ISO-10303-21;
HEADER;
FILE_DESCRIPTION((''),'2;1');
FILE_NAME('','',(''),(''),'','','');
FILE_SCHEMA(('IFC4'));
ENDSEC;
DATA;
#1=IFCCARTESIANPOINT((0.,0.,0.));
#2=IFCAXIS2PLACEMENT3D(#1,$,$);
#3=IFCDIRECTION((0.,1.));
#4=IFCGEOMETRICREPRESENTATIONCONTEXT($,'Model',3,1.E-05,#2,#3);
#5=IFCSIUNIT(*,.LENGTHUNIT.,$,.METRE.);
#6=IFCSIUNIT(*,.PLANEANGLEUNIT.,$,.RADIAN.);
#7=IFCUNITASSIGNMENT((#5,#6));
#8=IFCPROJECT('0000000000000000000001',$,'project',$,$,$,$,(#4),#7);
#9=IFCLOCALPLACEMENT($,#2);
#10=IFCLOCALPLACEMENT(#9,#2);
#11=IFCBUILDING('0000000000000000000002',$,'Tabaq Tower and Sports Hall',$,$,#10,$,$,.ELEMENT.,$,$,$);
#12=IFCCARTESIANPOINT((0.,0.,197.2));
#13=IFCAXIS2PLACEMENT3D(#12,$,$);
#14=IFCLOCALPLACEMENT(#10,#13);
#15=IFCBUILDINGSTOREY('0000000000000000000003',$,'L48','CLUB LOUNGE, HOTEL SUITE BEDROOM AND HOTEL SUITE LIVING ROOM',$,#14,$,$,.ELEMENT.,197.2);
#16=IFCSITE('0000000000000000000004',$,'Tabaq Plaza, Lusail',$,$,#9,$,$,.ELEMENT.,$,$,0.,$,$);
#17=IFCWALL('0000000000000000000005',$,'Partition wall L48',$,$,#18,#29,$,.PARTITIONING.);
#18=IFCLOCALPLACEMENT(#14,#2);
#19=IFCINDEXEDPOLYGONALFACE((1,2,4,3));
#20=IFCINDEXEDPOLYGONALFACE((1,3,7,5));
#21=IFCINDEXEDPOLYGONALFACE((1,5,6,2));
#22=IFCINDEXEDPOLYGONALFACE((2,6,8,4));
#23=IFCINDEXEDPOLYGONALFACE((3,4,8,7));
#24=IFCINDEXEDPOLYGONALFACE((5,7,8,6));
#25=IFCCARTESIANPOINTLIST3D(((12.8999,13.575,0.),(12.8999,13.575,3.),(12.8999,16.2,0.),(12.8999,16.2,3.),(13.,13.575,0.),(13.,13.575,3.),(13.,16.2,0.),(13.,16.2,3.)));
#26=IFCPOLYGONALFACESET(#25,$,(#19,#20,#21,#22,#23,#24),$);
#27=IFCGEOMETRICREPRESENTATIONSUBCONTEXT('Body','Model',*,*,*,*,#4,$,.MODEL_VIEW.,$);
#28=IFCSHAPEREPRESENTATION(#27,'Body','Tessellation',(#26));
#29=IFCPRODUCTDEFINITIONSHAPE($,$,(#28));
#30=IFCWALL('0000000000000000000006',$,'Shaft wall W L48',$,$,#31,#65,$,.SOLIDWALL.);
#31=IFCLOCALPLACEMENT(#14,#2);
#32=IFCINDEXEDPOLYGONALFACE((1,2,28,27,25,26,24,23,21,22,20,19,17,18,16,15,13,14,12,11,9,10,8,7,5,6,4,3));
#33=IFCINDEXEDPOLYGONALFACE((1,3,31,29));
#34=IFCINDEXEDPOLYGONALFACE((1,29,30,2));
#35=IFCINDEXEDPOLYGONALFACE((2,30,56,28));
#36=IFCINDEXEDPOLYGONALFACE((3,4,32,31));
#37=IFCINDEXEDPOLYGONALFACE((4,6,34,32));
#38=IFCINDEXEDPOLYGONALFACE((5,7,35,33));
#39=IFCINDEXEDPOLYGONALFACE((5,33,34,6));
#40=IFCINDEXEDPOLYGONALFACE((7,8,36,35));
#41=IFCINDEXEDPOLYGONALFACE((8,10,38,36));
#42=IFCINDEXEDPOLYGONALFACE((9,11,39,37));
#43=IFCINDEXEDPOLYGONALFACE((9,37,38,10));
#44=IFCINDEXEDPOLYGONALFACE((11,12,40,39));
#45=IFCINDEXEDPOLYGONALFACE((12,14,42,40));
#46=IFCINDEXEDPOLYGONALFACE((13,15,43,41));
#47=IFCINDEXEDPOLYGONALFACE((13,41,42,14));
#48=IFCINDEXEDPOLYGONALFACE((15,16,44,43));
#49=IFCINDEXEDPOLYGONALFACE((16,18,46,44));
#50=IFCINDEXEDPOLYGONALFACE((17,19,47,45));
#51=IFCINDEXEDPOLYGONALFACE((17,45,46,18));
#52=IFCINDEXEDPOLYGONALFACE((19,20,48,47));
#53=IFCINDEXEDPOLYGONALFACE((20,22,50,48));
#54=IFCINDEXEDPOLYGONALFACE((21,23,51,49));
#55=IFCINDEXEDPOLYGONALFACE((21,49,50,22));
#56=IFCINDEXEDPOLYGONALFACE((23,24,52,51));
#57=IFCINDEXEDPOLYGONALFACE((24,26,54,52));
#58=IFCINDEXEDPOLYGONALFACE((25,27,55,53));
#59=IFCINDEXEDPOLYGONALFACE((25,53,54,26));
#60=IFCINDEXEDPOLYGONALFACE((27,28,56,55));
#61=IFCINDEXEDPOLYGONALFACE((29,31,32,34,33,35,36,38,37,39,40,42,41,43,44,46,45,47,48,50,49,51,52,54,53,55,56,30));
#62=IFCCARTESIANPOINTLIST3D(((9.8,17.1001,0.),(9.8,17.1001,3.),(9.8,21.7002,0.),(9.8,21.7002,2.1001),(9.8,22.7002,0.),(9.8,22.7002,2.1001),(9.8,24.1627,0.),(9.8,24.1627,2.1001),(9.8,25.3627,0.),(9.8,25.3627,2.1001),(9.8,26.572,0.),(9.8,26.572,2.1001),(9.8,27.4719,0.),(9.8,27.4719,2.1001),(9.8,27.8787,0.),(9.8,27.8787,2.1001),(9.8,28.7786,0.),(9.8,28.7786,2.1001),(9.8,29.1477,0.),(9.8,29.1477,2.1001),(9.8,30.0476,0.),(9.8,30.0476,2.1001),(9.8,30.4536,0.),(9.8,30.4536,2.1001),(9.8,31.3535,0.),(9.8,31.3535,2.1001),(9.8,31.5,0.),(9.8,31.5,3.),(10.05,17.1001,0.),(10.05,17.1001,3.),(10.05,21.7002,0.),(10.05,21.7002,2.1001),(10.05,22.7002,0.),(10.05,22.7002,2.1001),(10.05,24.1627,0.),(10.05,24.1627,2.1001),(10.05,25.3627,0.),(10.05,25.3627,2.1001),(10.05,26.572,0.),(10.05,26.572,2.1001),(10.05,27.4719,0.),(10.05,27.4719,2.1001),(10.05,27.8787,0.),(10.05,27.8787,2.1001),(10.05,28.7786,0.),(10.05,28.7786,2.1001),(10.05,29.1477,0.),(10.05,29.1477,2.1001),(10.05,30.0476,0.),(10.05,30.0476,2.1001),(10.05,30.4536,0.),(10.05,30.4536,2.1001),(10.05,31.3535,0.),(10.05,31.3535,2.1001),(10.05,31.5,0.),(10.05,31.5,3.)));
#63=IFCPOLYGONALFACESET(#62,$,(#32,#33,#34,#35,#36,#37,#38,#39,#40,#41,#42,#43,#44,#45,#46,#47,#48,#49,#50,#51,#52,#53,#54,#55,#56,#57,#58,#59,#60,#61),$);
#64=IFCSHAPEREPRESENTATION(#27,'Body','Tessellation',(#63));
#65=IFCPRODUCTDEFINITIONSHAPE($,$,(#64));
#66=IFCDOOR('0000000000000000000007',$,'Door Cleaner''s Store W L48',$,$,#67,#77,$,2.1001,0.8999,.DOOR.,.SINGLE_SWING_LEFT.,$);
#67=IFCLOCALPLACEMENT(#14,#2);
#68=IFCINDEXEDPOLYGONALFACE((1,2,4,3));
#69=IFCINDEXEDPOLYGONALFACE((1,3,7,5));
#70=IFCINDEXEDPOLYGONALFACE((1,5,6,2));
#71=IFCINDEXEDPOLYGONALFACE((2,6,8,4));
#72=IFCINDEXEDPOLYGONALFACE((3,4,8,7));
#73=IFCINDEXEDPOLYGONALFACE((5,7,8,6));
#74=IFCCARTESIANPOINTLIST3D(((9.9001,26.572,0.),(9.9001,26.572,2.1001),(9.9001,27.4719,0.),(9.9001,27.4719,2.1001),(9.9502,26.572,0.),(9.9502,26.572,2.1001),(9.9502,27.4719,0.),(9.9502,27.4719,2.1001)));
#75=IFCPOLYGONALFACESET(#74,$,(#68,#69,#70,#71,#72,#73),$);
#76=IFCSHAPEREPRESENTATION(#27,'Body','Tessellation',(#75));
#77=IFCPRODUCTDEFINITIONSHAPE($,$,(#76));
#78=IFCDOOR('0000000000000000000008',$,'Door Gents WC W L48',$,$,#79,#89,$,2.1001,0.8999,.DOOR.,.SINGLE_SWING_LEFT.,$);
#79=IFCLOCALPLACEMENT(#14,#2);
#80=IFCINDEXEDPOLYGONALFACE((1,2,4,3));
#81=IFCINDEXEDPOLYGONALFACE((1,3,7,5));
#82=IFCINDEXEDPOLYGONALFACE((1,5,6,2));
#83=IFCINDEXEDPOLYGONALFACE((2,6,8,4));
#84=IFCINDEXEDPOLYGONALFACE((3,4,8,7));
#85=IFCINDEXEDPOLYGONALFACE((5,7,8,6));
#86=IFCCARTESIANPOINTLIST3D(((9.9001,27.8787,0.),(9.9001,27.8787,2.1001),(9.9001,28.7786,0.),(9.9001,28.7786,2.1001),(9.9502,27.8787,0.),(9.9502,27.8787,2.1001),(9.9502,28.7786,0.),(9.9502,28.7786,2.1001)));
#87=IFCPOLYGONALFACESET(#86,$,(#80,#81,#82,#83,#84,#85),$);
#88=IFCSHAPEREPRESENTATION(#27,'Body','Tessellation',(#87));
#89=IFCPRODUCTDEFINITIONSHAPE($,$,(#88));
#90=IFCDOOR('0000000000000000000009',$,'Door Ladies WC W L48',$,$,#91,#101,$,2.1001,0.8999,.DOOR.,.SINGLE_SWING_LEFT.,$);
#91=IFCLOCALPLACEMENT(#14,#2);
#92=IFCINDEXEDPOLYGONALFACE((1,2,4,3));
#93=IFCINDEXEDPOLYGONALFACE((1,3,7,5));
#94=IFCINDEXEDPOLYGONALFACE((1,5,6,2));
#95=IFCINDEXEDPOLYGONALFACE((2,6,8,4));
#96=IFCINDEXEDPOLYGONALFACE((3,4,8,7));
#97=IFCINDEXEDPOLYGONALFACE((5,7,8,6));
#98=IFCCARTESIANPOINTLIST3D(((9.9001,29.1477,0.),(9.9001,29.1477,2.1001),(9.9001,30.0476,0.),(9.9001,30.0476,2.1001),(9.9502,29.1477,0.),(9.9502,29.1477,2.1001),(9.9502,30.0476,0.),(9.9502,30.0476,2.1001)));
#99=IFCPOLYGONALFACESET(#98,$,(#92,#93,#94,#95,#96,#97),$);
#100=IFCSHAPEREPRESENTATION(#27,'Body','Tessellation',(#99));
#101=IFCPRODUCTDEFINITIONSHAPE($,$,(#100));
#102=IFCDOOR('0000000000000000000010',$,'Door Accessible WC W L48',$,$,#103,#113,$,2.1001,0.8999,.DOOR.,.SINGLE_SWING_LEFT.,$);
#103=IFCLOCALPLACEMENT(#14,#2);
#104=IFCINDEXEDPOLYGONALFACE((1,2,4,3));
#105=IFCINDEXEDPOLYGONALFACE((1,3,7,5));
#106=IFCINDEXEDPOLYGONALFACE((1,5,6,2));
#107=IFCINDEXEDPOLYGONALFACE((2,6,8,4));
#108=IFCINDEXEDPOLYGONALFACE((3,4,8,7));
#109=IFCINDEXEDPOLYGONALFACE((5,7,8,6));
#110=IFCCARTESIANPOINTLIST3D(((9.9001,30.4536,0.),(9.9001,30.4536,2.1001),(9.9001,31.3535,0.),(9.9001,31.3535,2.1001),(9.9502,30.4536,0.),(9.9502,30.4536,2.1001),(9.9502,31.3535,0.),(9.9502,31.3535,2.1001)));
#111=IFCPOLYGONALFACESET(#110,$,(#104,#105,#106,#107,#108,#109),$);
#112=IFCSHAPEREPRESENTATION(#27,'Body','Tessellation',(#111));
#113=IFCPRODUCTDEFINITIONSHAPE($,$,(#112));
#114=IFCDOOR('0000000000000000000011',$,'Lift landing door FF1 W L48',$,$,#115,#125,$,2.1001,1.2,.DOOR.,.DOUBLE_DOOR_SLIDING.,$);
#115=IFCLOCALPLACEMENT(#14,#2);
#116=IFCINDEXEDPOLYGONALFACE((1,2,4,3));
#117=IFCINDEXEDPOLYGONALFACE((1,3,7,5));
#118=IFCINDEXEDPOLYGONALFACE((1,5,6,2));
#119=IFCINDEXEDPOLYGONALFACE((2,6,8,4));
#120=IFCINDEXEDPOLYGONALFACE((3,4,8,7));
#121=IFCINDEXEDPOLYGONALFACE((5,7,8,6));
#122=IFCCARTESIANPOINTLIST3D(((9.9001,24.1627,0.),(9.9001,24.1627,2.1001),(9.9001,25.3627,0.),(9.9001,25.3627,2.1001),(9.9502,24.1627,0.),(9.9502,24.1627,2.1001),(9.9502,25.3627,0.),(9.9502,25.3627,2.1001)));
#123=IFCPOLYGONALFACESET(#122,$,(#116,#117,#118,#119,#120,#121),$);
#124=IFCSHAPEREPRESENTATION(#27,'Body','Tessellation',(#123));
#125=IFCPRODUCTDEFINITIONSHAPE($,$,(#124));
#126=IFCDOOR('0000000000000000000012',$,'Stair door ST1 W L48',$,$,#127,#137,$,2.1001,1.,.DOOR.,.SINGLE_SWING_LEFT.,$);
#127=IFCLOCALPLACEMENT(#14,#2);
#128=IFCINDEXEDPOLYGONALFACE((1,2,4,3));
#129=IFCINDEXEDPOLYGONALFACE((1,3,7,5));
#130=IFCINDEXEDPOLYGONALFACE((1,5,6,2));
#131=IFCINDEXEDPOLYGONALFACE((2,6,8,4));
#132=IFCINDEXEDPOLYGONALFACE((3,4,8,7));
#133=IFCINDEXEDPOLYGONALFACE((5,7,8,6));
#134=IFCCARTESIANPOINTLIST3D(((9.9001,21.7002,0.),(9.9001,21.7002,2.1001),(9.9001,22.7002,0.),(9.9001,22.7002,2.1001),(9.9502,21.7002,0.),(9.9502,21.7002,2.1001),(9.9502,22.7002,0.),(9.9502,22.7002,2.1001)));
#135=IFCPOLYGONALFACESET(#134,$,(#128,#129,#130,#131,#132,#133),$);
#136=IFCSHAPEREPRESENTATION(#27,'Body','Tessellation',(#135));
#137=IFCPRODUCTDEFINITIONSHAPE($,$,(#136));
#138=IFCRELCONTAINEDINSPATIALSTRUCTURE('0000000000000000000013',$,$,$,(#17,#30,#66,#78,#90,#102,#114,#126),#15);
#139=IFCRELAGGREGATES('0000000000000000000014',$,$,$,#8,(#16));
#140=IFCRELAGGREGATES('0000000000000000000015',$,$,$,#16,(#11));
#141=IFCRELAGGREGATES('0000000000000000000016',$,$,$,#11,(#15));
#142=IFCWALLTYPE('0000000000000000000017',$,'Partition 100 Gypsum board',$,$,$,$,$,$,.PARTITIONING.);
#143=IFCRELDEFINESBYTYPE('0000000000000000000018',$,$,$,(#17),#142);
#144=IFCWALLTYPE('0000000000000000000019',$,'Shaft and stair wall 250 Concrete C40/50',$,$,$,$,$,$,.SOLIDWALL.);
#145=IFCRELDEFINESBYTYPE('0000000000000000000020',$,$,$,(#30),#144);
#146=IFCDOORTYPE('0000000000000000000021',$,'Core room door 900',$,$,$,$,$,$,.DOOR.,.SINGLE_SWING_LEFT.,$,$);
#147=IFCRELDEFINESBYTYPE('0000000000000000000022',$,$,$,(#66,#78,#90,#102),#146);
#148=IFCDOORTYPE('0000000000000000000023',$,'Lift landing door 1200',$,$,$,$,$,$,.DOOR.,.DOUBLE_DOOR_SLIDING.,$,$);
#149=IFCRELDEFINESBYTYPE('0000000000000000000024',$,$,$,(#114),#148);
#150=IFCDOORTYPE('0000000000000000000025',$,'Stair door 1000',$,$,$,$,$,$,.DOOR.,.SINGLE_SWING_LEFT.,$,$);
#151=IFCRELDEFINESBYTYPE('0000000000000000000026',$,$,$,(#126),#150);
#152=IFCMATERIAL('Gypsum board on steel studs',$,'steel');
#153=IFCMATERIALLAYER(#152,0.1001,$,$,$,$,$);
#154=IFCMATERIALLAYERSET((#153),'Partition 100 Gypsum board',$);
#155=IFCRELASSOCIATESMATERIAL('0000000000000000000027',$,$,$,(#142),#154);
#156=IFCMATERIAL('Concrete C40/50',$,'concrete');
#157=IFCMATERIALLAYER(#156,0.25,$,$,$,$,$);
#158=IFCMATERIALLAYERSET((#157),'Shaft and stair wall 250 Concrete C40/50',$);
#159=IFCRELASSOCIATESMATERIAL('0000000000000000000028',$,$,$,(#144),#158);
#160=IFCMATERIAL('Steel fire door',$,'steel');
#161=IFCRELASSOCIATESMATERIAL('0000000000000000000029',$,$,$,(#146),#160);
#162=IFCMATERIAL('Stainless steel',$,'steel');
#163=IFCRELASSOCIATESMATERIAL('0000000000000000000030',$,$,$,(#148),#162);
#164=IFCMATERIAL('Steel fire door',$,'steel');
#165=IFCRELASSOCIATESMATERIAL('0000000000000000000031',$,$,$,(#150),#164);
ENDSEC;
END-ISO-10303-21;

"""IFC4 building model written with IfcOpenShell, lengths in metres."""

from ifc_helpers import new_model, si_unit, direction, frame, frame_2d, origin, place, context, subcontext, project, spatial, rectangle, extrude, material, layer, layer_set, type_object, element, fill, save


model = new_model("IFC4")

# Units and contexts
model_context = context("Model", 3, precision=1e-05, world=origin(), true_north=direction((0.0, 1.0)))
body_context = subcontext(model_context, "Body", "Model", "MODEL_VIEW")
ifc_project = project(units=[si_unit("LENGTHUNIT", "METRE"), si_unit("PLANEANGLEUNIT", "RADIAN")], contexts=[model_context])

# Site, building, storey
site_placement = place(None, origin())
site = spatial("IfcSite", under=ifc_project, at=site_placement, Name="Tabaq Plaza, Lusail", CompositionType="ELEMENT", RefElevation=0.0)
building_placement = place(site_placement, origin())
building = spatial("IfcBuilding", under=site, at=building_placement, Name="Tabaq Tower and Sports Hall", CompositionType="ELEMENT")
storey_placement = place(building_placement, frame((0.0, 0.0, 197.2)))
storey = spatial("IfcBuildingStorey", under=building, at=storey_placement, Name="L48", Description="CLUB LOUNGE, HOTEL SUITE BEDROOM AND HOTEL SUITE LIVING ROOM", CompositionType="ELEMENT", Elevation=197.2)

# Wall
ifc_material_1 = material(Name="Gypsum board on steel studs", Category="steel")
ifc_layer_1 = layer(ifc_material_1, 0.1001)
ifc_layer_set_1 = layer_set([ifc_layer_1], Name="Partition 100 Gypsum board")
wall_type_1 = type_object("IfcWallType", Name="Partition 100 Gypsum board", PredefinedType="PARTITIONING", material=ifc_layer_set_1)
wall_1_placement = place(storey_placement, frame((12.95, 13.575, 0.0), z_axis=(0.0, 0.0, 1.0), x_axis=(0.0, 1.0, 0.0)))
element("IfcWall", 1, at=wall_1_placement, inside=storey, type_object=wall_type_1, Name="Partition wall L48", PredefinedType="PARTITIONING", context=body_context, shape_type="SweptSolid", body=[
    extrude(rectangle(XDim=2.625, YDim=0.1001, at=frame_2d((1.3125, 0.0))), origin(), (0.0, 0.0, 1.0), 3.0),
])

# Wall, openings, doors
ifc_material_2 = material(Name="Concrete C40/50", Category="concrete")
ifc_layer_2 = layer(ifc_material_2, 0.25)
ifc_layer_set_2 = layer_set([ifc_layer_2], Name="Shaft and stair wall 250 Concrete C40/50")
wall_type_2 = type_object("IfcWallType", Name="Shaft and stair wall 250 Concrete C40/50", PredefinedType="SOLIDWALL", material=ifc_layer_set_2)
wall_2_placement = place(storey_placement, frame((9.925, 17.1001, 0.0), z_axis=(0.0, 0.0, 1.0), x_axis=(0.0, 1.0, 0.0)))
wall_2 = element("IfcWall", 2, at=wall_2_placement, inside=storey, type_object=wall_type_2, Name="Shaft wall W L48", PredefinedType="SOLIDWALL", context=body_context, shape_type="SweptSolid", body=[
    extrude(rectangle(XDim=14.3999, YDim=0.25, at=frame_2d((7.2, 0.0))), origin(), (0.0, 0.0, 1.0), 3.0),
])
opening_1_placement = place(wall_2_placement, frame((4.6001, 0.0, 0.0)))
opening_1 = element("IfcOpeningElement", 3, at=opening_1_placement, cuts=wall_2, PredefinedType="OPENING", context=body_context, shape_type="SweptSolid", body=[
    extrude(rectangle(XDim=1.0, YDim=2.1001, at=frame_2d((0.5, 1.05))), frame((0.0, 0.125, 0.0), z_axis=(0.0, -1.0, 0.0), x_axis=(1.0, 0.0, 0.0)), (0.0, 0.0, 1.0), 0.25),
])
opening_2_placement = place(wall_2_placement, frame((7.0625, 0.0, 0.0)))
opening_2 = element("IfcOpeningElement", 4, at=opening_2_placement, cuts=wall_2, PredefinedType="OPENING", context=body_context, shape_type="SweptSolid", body=[
    extrude(rectangle(XDim=1.2, YDim=2.1001, at=frame_2d((0.6001, 1.05))), frame((0.0, 0.125, 0.0), z_axis=(0.0, -1.0, 0.0), x_axis=(1.0, 0.0, 0.0)), (0.0, 0.0, 1.0), 0.25),
])
opening_3_placement = place(wall_2_placement, frame((9.4719, 0.0, 0.0)))
opening_3 = element("IfcOpeningElement", 5, at=opening_3_placement, cuts=wall_2, PredefinedType="OPENING", context=body_context, shape_type="SweptSolid", body=[
    extrude(rectangle(XDim=0.8999, YDim=2.1001, at=frame_2d((0.45, 1.05))), frame((0.0, 0.125, 0.0), z_axis=(0.0, -1.0, 0.0), x_axis=(1.0, 0.0, 0.0)), (0.0, 0.0, 1.0), 0.25),
])
opening_4_placement = place(wall_2_placement, frame((10.7786, 0.0, 0.0)))
opening_4 = element("IfcOpeningElement", 6, at=opening_4_placement, cuts=wall_2, PredefinedType="OPENING", context=body_context, shape_type="SweptSolid", body=[
    extrude(rectangle(XDim=0.8999, YDim=2.1001, at=frame_2d((0.45, 1.05))), frame((0.0, 0.125, 0.0), z_axis=(0.0, -1.0, 0.0), x_axis=(1.0, 0.0, 0.0)), (0.0, 0.0, 1.0), 0.25),
])
opening_5_placement = place(wall_2_placement, frame((12.0476, 0.0, 0.0)))
opening_5 = element("IfcOpeningElement", 7, at=opening_5_placement, cuts=wall_2, PredefinedType="OPENING", context=body_context, shape_type="SweptSolid", body=[
    extrude(rectangle(XDim=0.8999, YDim=2.1001, at=frame_2d((0.45, 1.05))), frame((0.0, 0.125, 0.0), z_axis=(0.0, -1.0, 0.0), x_axis=(1.0, 0.0, 0.0)), (0.0, 0.0, 1.0), 0.25),
])
opening_6_placement = place(wall_2_placement, frame((13.3535, 0.0, 0.0)))
opening_6 = element("IfcOpeningElement", 8, at=opening_6_placement, cuts=wall_2, PredefinedType="OPENING", context=body_context, shape_type="SweptSolid", body=[
    extrude(rectangle(XDim=0.8999, YDim=2.1001, at=frame_2d((0.45, 1.05))), frame((0.0, 0.125, 0.0), z_axis=(0.0, -1.0, 0.0), x_axis=(1.0, 0.0, 0.0)), (0.0, 0.0, 1.0), 0.25),
])
ifc_material_3 = material(Name="Steel fire door", Category="steel")
door_type_1 = type_object("IfcDoorType", Name="Core room door 900", OperationType="SINGLE_SWING_LEFT", PredefinedType="DOOR", material=ifc_material_3)
door_1_placement = place(opening_3_placement, origin())
door_1 = element("IfcDoor", 9, at=door_1_placement, inside=storey, type_object=door_type_1, Name="Door Cleaner's Store W L48", OperationType="SINGLE_SWING_LEFT", OverallHeight=2.1001, OverallWidth=0.8999, PredefinedType="DOOR", context=body_context, shape_type="SweptSolid", body=[
    extrude(rectangle(XDim=0.8999, YDim=2.1001, at=frame_2d((0.45, 1.05))), frame((0.0, 0.0249, 0.0), z_axis=(0.0, -1.0, 0.0), x_axis=(1.0, 0.0, 0.0)), (0.0, 0.0, 1.0), 0.05),
])
fill(opening_3, door_1)
door_2_placement = place(opening_4_placement, origin())
door_2 = element("IfcDoor", 10, at=door_2_placement, inside=storey, type_object=door_type_1, Name="Door Gents WC W L48", OperationType="SINGLE_SWING_LEFT", OverallHeight=2.1001, OverallWidth=0.8999, PredefinedType="DOOR", context=body_context, shape_type="SweptSolid", body=[
    extrude(rectangle(XDim=0.8999, YDim=2.1001, at=frame_2d((0.45, 1.05))), frame((0.0, 0.0249, 0.0), z_axis=(0.0, -1.0, 0.0), x_axis=(1.0, 0.0, 0.0)), (0.0, 0.0, 1.0), 0.05),
])
fill(opening_4, door_2)
door_3_placement = place(opening_5_placement, origin())
door_3 = element("IfcDoor", 11, at=door_3_placement, inside=storey, type_object=door_type_1, Name="Door Ladies WC W L48", OperationType="SINGLE_SWING_LEFT", OverallHeight=2.1001, OverallWidth=0.8999, PredefinedType="DOOR", context=body_context, shape_type="SweptSolid", body=[
    extrude(rectangle(XDim=0.8999, YDim=2.1001, at=frame_2d((0.45, 1.05))), frame((0.0, 0.0249, 0.0), z_axis=(0.0, -1.0, 0.0), x_axis=(1.0, 0.0, 0.0)), (0.0, 0.0, 1.0), 0.05),
])
fill(opening_5, door_3)
door_4_placement = place(opening_6_placement, origin())
door_4 = element("IfcDoor", 12, at=door_4_placement, inside=storey, type_object=door_type_1, Name="Door Accessible WC W L48", OperationType="SINGLE_SWING_LEFT", OverallHeight=2.1001, OverallWidth=0.8999, PredefinedType="DOOR", context=body_context, shape_type="SweptSolid", body=[
    extrude(rectangle(XDim=0.8999, YDim=2.1001, at=frame_2d((0.45, 1.05))), frame((0.0, 0.0249, 0.0), z_axis=(0.0, -1.0, 0.0), x_axis=(1.0, 0.0, 0.0)), (0.0, 0.0, 1.0), 0.05),
])
fill(opening_6, door_4)
ifc_material_4 = material(Name="Stainless steel", Category="steel")
door_type_2 = type_object("IfcDoorType", Name="Lift landing door 1200", OperationType="DOUBLE_DOOR_SLIDING", PredefinedType="DOOR", material=ifc_material_4)
door_5_placement = place(opening_2_placement, origin())
door_5 = element("IfcDoor", 13, at=door_5_placement, inside=storey, type_object=door_type_2, Name="Lift landing door FF1 W L48", OperationType="DOUBLE_DOOR_SLIDING", OverallHeight=2.1001, OverallWidth=1.2, PredefinedType="DOOR", context=body_context, shape_type="SweptSolid", body=[
    extrude(rectangle(XDim=1.2, YDim=2.1001, at=frame_2d((0.6001, 1.05))), frame((0.0, 0.0249, 0.0), z_axis=(0.0, -1.0, 0.0), x_axis=(1.0, 0.0, 0.0)), (0.0, 0.0, 1.0), 0.05),
])
fill(opening_2, door_5)
ifc_material_5 = material(Name="Steel fire door", Category="steel")
door_type_3 = type_object("IfcDoorType", Name="Stair door 1000", OperationType="SINGLE_SWING_LEFT", PredefinedType="DOOR", material=ifc_material_5)
door_6_placement = place(opening_1_placement, origin())
door_6 = element("IfcDoor", 14, at=door_6_placement, inside=storey, type_object=door_type_3, Name="Stair door ST1 W L48", OperationType="SINGLE_SWING_LEFT", OverallHeight=2.1001, OverallWidth=1.0, PredefinedType="DOOR", context=body_context, shape_type="SweptSolid", body=[
    extrude(rectangle(XDim=1.0, YDim=2.1001, at=frame_2d((0.5, 1.05))), frame((0.0, 0.0249, 0.0), z_axis=(0.0, -1.0, 0.0), x_axis=(1.0, 0.0, 0.0)), (0.0, 0.0, 1.0), 0.05),
])
fill(opening_1, door_6)

save(model, "model.ifc")
